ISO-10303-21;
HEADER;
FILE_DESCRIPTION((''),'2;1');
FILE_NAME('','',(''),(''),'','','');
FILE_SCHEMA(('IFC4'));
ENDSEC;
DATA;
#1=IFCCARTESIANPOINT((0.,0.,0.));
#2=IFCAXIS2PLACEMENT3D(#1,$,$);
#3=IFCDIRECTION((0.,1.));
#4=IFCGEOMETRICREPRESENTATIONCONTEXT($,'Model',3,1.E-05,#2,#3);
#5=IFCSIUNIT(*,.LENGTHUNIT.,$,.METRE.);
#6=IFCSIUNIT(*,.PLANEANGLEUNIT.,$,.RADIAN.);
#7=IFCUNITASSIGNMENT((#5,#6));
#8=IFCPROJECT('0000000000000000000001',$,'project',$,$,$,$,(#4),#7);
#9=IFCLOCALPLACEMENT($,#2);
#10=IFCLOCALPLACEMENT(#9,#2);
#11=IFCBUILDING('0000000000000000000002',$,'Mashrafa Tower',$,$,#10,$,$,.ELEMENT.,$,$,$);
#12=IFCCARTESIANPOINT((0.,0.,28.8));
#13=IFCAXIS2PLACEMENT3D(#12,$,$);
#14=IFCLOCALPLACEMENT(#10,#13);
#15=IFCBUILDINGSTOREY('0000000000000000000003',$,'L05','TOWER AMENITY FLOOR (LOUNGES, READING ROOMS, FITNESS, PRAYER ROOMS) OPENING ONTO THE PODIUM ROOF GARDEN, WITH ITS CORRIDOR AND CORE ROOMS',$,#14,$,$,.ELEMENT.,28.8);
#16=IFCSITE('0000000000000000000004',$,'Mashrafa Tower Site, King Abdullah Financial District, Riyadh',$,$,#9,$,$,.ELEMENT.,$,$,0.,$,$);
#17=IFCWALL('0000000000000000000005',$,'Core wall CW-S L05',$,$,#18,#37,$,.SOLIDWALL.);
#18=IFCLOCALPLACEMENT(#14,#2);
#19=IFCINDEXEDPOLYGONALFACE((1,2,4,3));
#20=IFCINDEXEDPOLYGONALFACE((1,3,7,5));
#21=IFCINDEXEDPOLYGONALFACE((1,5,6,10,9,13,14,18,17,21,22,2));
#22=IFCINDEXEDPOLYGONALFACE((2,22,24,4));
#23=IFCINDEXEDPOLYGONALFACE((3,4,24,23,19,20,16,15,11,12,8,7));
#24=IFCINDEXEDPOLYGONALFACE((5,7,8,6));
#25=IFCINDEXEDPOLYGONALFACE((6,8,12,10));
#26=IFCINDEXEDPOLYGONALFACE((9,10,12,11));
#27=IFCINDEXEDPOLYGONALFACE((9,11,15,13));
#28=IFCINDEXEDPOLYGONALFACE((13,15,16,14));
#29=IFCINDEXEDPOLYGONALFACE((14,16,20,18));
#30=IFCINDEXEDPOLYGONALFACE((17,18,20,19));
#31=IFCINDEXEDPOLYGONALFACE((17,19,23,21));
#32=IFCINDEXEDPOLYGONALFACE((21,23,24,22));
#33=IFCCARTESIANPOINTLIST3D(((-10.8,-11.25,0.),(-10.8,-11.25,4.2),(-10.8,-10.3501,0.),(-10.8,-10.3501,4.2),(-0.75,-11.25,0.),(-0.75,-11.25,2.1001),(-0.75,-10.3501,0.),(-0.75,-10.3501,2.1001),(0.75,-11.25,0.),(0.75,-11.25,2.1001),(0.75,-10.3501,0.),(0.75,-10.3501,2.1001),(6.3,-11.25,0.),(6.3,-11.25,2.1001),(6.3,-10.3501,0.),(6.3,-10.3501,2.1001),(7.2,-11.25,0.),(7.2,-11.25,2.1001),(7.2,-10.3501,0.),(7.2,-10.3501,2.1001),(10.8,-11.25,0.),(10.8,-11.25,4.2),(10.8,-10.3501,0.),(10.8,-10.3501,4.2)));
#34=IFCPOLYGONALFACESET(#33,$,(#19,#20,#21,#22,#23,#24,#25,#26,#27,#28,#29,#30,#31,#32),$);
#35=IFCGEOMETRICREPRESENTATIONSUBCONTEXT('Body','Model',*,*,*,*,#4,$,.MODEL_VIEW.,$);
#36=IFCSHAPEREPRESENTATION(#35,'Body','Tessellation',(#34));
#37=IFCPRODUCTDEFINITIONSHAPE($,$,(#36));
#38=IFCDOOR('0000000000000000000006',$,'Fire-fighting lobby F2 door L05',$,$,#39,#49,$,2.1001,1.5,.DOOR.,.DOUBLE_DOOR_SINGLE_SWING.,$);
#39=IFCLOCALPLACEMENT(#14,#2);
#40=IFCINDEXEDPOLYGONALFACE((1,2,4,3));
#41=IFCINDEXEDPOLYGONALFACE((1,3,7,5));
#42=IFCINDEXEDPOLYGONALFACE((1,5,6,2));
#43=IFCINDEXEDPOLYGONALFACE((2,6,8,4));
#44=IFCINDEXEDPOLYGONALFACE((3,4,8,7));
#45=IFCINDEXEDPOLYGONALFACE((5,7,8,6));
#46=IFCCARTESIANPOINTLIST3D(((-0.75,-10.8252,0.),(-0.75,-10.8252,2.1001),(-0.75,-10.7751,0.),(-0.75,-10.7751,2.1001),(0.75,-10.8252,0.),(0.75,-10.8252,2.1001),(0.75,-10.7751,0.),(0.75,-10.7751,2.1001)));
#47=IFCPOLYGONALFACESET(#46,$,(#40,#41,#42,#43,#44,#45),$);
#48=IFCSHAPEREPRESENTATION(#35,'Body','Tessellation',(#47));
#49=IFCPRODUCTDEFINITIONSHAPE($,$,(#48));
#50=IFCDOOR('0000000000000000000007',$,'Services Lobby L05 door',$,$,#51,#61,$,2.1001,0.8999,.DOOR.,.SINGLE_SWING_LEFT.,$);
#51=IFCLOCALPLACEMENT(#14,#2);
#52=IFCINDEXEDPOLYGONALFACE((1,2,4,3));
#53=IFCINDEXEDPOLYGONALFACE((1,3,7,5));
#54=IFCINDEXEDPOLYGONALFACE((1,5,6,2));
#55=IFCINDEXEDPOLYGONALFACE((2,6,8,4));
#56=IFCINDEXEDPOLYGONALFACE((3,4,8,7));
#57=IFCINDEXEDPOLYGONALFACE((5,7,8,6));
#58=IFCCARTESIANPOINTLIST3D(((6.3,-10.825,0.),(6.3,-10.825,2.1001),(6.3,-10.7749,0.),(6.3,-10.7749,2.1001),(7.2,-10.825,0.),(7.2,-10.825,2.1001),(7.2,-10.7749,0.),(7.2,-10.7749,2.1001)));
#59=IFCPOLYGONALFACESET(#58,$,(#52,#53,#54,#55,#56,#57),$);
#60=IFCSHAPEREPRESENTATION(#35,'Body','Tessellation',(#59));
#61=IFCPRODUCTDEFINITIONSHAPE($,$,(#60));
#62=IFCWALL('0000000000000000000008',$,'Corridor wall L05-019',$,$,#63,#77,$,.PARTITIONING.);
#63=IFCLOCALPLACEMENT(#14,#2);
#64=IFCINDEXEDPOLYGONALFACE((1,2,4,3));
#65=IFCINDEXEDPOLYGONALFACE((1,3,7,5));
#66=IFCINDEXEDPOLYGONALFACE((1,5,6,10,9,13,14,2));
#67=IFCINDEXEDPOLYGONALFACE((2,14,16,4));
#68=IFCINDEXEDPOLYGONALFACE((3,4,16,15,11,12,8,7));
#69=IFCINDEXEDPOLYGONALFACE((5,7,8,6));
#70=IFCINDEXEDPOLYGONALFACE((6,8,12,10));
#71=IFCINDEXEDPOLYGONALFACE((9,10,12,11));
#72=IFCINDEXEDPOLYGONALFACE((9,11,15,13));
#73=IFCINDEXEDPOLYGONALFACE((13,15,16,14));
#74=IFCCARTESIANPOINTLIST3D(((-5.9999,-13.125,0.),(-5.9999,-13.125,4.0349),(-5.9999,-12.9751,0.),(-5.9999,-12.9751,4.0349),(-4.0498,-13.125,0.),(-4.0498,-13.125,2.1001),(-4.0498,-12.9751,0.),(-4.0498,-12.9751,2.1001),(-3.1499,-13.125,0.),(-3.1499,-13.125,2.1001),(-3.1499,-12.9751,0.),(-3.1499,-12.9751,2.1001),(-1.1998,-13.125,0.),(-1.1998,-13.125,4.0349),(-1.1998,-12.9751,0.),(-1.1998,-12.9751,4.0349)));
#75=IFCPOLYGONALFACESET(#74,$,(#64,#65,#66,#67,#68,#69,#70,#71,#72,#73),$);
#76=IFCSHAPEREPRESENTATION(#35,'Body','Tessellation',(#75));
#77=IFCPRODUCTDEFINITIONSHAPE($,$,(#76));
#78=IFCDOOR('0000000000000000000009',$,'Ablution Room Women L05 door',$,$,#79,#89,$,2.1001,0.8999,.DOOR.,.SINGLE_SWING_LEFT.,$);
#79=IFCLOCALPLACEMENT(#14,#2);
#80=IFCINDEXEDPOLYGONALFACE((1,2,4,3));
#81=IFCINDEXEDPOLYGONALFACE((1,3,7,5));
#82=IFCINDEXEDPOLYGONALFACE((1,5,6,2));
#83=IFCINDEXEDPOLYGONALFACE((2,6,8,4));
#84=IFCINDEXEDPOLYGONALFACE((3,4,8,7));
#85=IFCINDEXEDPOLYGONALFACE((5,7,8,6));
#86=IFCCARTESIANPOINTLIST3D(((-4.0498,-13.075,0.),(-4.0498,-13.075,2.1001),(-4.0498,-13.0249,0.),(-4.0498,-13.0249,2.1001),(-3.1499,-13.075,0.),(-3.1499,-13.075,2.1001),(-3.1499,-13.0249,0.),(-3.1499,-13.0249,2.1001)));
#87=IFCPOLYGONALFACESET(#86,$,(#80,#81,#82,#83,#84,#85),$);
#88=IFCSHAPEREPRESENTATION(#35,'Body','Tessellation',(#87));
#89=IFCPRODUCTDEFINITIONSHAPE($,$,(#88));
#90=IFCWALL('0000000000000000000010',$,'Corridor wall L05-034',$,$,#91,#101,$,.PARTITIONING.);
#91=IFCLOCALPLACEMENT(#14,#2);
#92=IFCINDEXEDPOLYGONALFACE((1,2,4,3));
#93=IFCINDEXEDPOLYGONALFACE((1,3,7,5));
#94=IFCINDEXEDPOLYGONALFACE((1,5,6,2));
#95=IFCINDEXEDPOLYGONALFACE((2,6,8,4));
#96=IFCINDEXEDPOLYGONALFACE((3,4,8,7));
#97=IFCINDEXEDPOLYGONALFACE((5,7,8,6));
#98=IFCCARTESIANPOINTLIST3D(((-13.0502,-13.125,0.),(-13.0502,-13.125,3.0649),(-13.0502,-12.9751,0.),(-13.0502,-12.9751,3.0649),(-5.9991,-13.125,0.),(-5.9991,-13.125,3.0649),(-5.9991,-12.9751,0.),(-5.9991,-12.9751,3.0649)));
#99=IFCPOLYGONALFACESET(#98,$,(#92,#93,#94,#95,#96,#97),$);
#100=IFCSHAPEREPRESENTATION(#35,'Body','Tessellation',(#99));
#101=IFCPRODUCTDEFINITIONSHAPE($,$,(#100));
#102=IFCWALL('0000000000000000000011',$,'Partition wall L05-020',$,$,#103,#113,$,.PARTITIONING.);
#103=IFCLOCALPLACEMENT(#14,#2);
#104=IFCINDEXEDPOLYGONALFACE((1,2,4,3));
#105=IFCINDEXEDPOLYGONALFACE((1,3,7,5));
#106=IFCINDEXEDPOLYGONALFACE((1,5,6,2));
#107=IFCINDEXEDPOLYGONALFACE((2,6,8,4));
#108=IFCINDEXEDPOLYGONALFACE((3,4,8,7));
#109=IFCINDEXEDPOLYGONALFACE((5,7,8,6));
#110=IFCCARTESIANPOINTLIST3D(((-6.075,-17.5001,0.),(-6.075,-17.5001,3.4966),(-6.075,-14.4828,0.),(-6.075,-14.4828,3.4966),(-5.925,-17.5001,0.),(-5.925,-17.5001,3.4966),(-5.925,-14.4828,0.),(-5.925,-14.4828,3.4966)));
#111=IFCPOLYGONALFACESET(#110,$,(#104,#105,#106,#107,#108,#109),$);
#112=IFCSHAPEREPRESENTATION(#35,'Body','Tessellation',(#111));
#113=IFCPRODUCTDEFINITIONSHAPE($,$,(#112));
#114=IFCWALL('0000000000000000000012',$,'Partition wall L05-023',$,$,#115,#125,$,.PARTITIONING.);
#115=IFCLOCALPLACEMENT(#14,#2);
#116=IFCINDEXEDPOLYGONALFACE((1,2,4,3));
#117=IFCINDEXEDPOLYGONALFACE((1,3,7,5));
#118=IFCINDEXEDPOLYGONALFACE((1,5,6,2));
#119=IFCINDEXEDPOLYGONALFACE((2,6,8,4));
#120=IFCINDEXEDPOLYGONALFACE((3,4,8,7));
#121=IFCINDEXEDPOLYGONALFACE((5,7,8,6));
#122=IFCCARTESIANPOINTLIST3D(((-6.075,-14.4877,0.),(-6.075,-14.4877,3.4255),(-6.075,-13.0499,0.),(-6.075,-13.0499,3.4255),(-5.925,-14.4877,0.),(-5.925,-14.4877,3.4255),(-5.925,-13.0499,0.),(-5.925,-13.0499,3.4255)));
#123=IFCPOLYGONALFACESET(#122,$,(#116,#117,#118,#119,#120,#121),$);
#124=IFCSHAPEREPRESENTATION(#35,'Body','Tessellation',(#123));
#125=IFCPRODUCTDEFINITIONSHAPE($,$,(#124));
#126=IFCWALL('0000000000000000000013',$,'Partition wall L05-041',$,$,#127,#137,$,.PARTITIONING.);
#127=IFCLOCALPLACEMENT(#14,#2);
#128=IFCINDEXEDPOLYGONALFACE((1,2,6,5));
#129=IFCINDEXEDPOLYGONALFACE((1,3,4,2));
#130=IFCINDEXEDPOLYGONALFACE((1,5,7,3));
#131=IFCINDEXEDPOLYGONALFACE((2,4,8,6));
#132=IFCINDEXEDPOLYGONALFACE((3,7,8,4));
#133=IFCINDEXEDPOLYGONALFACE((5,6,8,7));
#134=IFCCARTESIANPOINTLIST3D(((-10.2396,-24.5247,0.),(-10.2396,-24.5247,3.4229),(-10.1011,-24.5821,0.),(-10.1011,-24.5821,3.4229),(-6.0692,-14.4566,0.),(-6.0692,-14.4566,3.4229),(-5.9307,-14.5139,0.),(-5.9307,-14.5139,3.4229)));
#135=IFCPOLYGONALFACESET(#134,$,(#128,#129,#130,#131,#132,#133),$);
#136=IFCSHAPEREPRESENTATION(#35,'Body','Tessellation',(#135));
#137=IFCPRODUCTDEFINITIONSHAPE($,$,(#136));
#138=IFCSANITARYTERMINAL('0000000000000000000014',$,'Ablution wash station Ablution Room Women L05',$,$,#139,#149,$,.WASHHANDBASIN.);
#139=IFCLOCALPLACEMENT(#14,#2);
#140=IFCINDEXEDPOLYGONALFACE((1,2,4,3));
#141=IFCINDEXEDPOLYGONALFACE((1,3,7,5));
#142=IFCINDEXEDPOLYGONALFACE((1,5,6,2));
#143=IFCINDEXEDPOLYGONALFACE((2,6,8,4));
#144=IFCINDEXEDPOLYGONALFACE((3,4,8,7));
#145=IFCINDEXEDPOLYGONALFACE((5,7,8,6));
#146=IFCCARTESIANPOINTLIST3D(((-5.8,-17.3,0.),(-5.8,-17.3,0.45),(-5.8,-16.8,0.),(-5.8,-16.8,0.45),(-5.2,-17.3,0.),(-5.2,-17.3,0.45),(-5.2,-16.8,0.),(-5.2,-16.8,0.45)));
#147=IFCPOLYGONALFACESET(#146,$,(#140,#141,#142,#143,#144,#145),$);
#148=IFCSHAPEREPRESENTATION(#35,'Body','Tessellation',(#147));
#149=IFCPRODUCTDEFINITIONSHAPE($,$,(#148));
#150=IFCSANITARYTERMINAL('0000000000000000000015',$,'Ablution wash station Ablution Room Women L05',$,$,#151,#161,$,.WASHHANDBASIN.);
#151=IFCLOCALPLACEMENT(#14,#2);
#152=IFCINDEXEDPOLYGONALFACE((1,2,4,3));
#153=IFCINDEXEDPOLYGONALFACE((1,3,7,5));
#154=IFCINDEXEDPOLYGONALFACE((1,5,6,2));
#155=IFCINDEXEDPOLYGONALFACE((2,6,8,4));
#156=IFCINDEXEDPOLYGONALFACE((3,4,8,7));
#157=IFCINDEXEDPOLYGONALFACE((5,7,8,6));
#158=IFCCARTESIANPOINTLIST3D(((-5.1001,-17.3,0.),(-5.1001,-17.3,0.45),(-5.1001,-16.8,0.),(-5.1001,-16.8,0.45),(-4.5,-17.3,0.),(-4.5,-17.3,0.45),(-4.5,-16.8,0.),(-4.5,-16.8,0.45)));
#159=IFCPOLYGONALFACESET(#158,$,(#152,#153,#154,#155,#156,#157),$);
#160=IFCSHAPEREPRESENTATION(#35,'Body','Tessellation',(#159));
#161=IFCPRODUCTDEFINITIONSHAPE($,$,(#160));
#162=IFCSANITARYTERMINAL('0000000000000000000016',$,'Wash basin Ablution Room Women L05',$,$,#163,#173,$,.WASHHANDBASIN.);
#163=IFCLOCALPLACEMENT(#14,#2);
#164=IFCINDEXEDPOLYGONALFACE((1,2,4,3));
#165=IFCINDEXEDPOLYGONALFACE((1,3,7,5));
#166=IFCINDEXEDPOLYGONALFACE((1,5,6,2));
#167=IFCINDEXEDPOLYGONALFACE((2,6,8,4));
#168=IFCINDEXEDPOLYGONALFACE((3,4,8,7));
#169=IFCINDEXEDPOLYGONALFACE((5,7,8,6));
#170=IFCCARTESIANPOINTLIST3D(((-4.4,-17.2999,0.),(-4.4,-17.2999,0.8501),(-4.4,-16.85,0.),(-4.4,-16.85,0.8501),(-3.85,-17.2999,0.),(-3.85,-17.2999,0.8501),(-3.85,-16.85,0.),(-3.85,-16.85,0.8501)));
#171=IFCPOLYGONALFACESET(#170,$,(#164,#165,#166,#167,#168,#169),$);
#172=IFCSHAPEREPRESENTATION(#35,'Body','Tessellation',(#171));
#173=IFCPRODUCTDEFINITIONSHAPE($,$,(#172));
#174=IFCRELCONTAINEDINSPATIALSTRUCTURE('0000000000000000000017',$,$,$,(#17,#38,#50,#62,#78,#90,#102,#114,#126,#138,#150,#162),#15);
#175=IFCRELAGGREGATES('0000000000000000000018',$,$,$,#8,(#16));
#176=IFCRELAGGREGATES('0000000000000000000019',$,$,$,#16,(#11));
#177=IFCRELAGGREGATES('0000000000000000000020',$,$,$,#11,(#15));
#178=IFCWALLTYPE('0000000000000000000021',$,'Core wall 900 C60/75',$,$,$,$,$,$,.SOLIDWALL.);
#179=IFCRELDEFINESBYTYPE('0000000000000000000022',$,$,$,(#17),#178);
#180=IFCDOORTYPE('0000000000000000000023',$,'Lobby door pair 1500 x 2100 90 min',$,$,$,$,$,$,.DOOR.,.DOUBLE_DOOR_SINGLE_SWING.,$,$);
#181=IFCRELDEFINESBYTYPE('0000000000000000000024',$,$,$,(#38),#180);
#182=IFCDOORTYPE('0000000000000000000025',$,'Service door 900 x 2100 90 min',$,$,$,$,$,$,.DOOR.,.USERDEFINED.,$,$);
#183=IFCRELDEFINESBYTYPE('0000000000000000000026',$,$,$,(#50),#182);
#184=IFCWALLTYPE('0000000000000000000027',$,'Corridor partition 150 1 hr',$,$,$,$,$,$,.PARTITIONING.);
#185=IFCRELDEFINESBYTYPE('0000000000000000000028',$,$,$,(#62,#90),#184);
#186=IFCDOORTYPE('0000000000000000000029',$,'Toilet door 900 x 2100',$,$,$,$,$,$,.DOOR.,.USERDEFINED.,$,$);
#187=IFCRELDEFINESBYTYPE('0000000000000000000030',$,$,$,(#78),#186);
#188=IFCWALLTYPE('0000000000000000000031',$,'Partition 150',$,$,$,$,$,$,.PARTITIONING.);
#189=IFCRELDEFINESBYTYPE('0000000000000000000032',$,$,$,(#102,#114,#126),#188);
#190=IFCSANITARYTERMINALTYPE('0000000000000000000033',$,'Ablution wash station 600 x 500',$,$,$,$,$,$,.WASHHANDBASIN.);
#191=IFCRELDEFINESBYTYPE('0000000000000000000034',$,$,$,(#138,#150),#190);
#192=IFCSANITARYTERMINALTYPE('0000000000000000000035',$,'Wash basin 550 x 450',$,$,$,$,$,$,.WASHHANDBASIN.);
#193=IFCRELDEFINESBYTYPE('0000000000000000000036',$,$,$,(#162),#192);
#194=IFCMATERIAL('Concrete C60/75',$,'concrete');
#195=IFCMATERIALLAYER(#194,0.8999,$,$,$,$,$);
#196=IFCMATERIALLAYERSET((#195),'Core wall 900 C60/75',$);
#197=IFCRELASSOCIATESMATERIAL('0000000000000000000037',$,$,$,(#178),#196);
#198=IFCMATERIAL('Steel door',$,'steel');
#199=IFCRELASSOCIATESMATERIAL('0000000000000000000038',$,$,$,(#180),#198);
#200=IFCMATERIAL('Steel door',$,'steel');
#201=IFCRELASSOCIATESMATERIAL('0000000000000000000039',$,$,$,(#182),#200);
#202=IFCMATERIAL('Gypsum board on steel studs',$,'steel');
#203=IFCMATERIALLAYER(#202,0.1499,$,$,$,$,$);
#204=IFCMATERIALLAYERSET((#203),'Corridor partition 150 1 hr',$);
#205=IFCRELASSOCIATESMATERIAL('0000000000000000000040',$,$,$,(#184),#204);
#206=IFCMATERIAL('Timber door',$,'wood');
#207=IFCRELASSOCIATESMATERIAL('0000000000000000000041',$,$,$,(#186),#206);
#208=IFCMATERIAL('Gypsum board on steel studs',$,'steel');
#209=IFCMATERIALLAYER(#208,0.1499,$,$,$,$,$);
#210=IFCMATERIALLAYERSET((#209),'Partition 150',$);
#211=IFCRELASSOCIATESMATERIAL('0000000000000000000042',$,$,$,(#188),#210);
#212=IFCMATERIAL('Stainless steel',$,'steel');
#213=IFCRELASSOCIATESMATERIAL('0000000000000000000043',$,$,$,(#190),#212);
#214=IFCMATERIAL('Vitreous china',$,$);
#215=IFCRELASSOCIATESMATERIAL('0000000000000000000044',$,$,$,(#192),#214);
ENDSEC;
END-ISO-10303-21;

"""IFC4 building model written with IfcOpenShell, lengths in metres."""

from ifc_helpers import new_model, si_unit, direction, frame, frame_2d, origin, origin_2d, place, context, subcontext, project, spatial, rectangle, extrude, material, layer, layer_set, type_object, element, fill, save


model = new_model("IFC4")

# Units and contexts
model_context = context("Model", 3, precision=1e-05, world=origin(), true_north=direction((0.0, 1.0)))
body_context = subcontext(model_context, "Body", "Model", "MODEL_VIEW")
ifc_project = project(units=[si_unit("LENGTHUNIT", "METRE"), si_unit("PLANEANGLEUNIT", "RADIAN")], contexts=[model_context])

# Site, building, storey
site_placement = place(None, origin())
site = spatial("IfcSite", under=ifc_project, at=site_placement, Name="Mashrafa Tower Site, King Abdullah Financial District, Riyadh", CompositionType="ELEMENT", RefElevation=0.0)
building_placement = place(site_placement, origin())
building = spatial("IfcBuilding", under=site, at=building_placement, Name="Mashrafa Tower", CompositionType="ELEMENT")
storey_placement = place(building_placement, frame((0.0, 0.0, 28.8)))
storey = spatial("IfcBuildingStorey", under=building, at=storey_placement, Name="L05", Description="TOWER AMENITY FLOOR (LOUNGES, READING ROOMS, FITNESS, PRAYER ROOMS) OPENING ONTO THE PODIUM ROOF GARDEN, WITH ITS CORRIDOR AND CORE ROOMS", CompositionType="ELEMENT", Elevation=28.8)

# Wall, openings, doors
ifc_material_1 = material(Name="Concrete C60/75", Category="concrete")
ifc_layer_1 = layer(ifc_material_1, 0.8999)
ifc_layer_set_1 = layer_set([ifc_layer_1], Name="Core wall 900 C60/75")
wall_type_1 = type_object("IfcWallType", Name="Core wall 900 C60/75", PredefinedType="SOLIDWALL", material=ifc_layer_set_1)
wall_1_placement = place(storey_placement, frame((-10.8, -10.8, 0.0), z_axis=(0.0, 0.0, 1.0), x_axis=(1.0, 0.0, 0.0)))
wall_1 = element("IfcWall", 1, at=wall_1_placement, inside=storey, type_object=wall_type_1, Name="Core wall CW-S L05", PredefinedType="SOLIDWALL", context=body_context, shape_type="SweptSolid", body=[
    extrude(rectangle(XDim=21.6001, YDim=0.8999, at=frame_2d((10.8, 0.0))), origin(), (0.0, 0.0, 1.0), 4.2),
])
opening_1_placement = place(wall_1_placement, frame((10.05, 0.0, 0.0)))
opening_1 = element("IfcOpeningElement", 2, at=opening_1_placement, cuts=wall_1, PredefinedType="OPENING", context=body_context, shape_type="SweptSolid", body=[
    extrude(rectangle(XDim=1.5, YDim=2.1001, at=frame_2d((0.75, 1.05))), frame((0.0, 0.46, 0.0), z_axis=(0.0, -1.0, 0.0), x_axis=(1.0, 0.0, 0.0)), (0.0, 0.0, 1.0), 0.9199),
])
opening_2_placement = place(wall_1_placement, frame((17.1001, 0.0, 0.0)))
opening_2 = element("IfcOpeningElement", 3, at=opening_2_placement, cuts=wall_1, PredefinedType="OPENING", context=body_context, shape_type="SweptSolid", body=[
    extrude(rectangle(XDim=0.8999, YDim=2.1001, at=frame_2d((0.45, 1.05))), frame((0.0, 0.46, 0.0), z_axis=(0.0, -1.0, 0.0), x_axis=(1.0, 0.0, 0.0)), (0.0, 0.0, 1.0), 0.9199),
])
ifc_material_2 = material(Name="Steel door", Category="steel")
door_type_1 = type_object("IfcDoorType", Name="Lobby door pair 1500 x 2100 90 min", OperationType="DOUBLE_DOOR_SINGLE_SWING", PredefinedType="DOOR", material=ifc_material_2)
door_1_placement = place(opening_1_placement, origin())
door_1 = element("IfcDoor", 4, at=door_1_placement, inside=storey, type_object=door_type_1, Name="Fire-fighting lobby F2 door L05", OperationType="DOUBLE_DOOR_SINGLE_SWING", OverallHeight=2.1001, OverallWidth=1.5, PredefinedType="DOOR", context=body_context, shape_type="SweptSolid", body=[
    extrude(rectangle(XDim=1.5, YDim=2.1001, at=frame_2d((0.75, 1.05))), frame((0.0, 0.0249, 0.0), z_axis=(0.0, -1.0, 0.0), x_axis=(1.0, 0.0, 0.0)), (0.0, 0.0, 1.0), 0.05),
])
fill(opening_1, door_1)
ifc_material_3 = material(Name="Steel door", Category="steel")
door_type_2 = type_object("IfcDoorType", Name="Service door 900 x 2100 90 min", OperationType="USERDEFINED", PredefinedType="DOOR", material=ifc_material_3)
door_2_placement = place(opening_2_placement, frame((0.8999, 0.0, 0.0), z_axis=(0.0, 0.0, 1.0), x_axis=(-1.0, 0.0, 0.0)))
door_2 = element("IfcDoor", 5, at=door_2_placement, inside=storey, type_object=door_type_2, Name="Services Lobby L05 door", OperationType="SINGLE_SWING_LEFT", OverallHeight=2.1001, OverallWidth=0.8999, PredefinedType="DOOR", context=body_context, shape_type="SweptSolid", body=[
    extrude(rectangle(XDim=0.8999, YDim=2.1001, at=frame_2d((0.45, 1.05))), frame((0.0, 0.0249, 0.0), z_axis=(0.0, -1.0, 0.0), x_axis=(1.0, 0.0, 0.0)), (0.0, 0.0, 1.0), 0.05),
])
fill(opening_2, door_2)

# Wall, opening, door
ifc_material_4 = material(Name="Gypsum board on steel studs", Category="steel")
ifc_layer_2 = layer(ifc_material_4, 0.1499)
ifc_layer_set_2 = layer_set([ifc_layer_2], Name="Corridor partition 150 1 hr")
wall_type_2 = type_object("IfcWallType", Name="Corridor partition 150 1 hr", PredefinedType="PARTITIONING", material=ifc_layer_set_2)
wall_2_placement = place(storey_placement, frame((-1.2, -13.05, 0.0), z_axis=(0.0, 0.0, 1.0), x_axis=(-1.0, 0.0, 0.0)))
wall_2 = element("IfcWall", 6, at=wall_2_placement, inside=storey, type_object=wall_type_2, Name="Corridor wall L05-019", PredefinedType="PARTITIONING", context=body_context, shape_type="SweptSolid", body=[
    extrude(rectangle(XDim=4.8, YDim=0.1499, at=frame_2d((2.3999, 0.0))), origin(), (0.0, 0.0, 1.0), 4.0349),
])
opening_3_placement = place(wall_2_placement, frame((1.95, 0.0, 0.0)))
opening_3 = element("IfcOpeningElement", 7, at=opening_3_placement, cuts=wall_2, PredefinedType="OPENING", context=body_context, shape_type="SweptSolid", body=[
    extrude(rectangle(XDim=0.8999, YDim=2.1001, at=frame_2d((0.45, 1.05))), frame((0.0, 0.085, 0.0), z_axis=(0.0, -1.0, 0.0), x_axis=(1.0, 0.0, 0.0)), (0.0, 0.0, 1.0), 0.1699),
])
ifc_material_5 = material(Name="Timber door", Category="wood")
door_type_3 = type_object("IfcDoorType", Name="Toilet door 900 x 2100", OperationType="USERDEFINED", PredefinedType="DOOR", material=ifc_material_5)
door_3_placement = place(opening_3_placement, origin())
door_3 = element("IfcDoor", 8, at=door_3_placement, inside=storey, type_object=door_type_3, Name="Ablution Room Women L05 door", OperationType="SINGLE_SWING_LEFT", OverallHeight=2.1001, OverallWidth=0.8999, PredefinedType="DOOR", context=body_context, shape_type="SweptSolid", body=[
    extrude(rectangle(XDim=0.8999, YDim=2.1001, at=frame_2d((0.45, 1.05))), frame((0.0, 0.0249, 0.0), z_axis=(0.0, -1.0, 0.0), x_axis=(1.0, 0.0, 0.0)), (0.0, 0.0, 1.0), 0.05),
])
fill(opening_3, door_3)

# Walls
wall_3_placement = place(storey_placement, frame((-13.05, -13.05, 0.0), z_axis=(0.0, 0.0, 1.0), x_axis=(1.0, 0.0, 0.0)))
element("IfcWall", 9, at=wall_3_placement, inside=storey, type_object=wall_type_2, Name="Corridor wall L05-034", PredefinedType="PARTITIONING", context=body_context, shape_type="SweptSolid", body=[
    extrude(rectangle(XDim=7.051, YDim=0.1499, at=frame_2d((3.5254, 0.0))), origin(), (0.0, 0.0, 1.0), 3.0649),
])
ifc_material_6 = material(Name="Gypsum board on steel studs", Category="steel")
ifc_layer_3 = layer(ifc_material_6, 0.1499)
ifc_layer_set_3 = layer_set([ifc_layer_3], Name="Partition 150")
wall_type_3 = type_object("IfcWallType", Name="Partition 150", PredefinedType="PARTITIONING", material=ifc_layer_set_3)
wall_4_placement = place(storey_placement, frame((-6.0, -14.4827, 0.0), z_axis=(0.0, 0.0, 1.0), x_axis=(0.0, -1.0, 0.0)))
element("IfcWall", 10, at=wall_4_placement, inside=storey, type_object=wall_type_3, Name="Partition wall L05-020", PredefinedType="PARTITIONING", context=body_context, shape_type="SweptSolid", body=[
    extrude(rectangle(XDim=3.0173, YDim=0.1499, at=frame_2d((1.5088, 0.0))), origin(), (0.0, 0.0, 1.0), 3.4966),
])
wall_5_placement = place(storey_placement, frame((-6.0, -13.05, 0.0), z_axis=(0.0, 0.0, 1.0), x_axis=(0.0, -1.0, 0.0)))
element("IfcWall", 11, at=wall_5_placement, inside=storey, type_object=wall_type_3, Name="Partition wall L05-023", PredefinedType="PARTITIONING", context=body_context, shape_type="SweptSolid", body=[
    extrude(rectangle(XDim=1.4377, YDim=0.1499, at=frame_2d((0.7188, 0.0))), origin(), (0.0, 0.0, 1.0), 3.4255),
])
wall_6_placement = place(storey_placement, frame((-6.0, -14.4854, 0.0), z_axis=(0.0, 0.0, 1.0), x_axis=(-0.382688, -0.923878, 0.0)))
element("IfcWall", 12, at=wall_6_placement, inside=storey, type_object=wall_type_3, Name="Partition wall L05-041", PredefinedType="PARTITIONING", context=body_context, shape_type="SweptSolid", body=[
    extrude(rectangle(XDim=10.8977, YDim=0.1499, at=frame_2d((5.4487, 0.0))), origin(), (0.0, 0.0, 1.0), 3.4229),
])

# Sanitary terminals
ifc_material_7 = material(Name="Stainless steel", Category="steel")
sanitary_terminal_type_1 = type_object("IfcSanitaryTerminalType", Name="Ablution wash station 600 x 500", PredefinedType="WASHHANDBASIN", material=ifc_material_7)
for number, where, z_axis, x_axis, name in (
    (13, (-5.5, -17.05, 0.0), (0.0, 0.0, 1.0), (1.0, 0.0, 0.0), "Ablution wash station Ablution Room Women L05"),
    (14, (-4.8, -17.05, 0.0), (0.0, 0.0, 1.0), (1.0, 0.0, 0.0), "Ablution wash station Ablution Room Women L05"),
):
    element("IfcSanitaryTerminal", number, at=place(storey_placement, frame(where, z_axis=z_axis, x_axis=x_axis)), inside=storey, type_object=sanitary_terminal_type_1, Name=name, PredefinedType="WASHHANDBASIN", context=body_context, shape_type="SweptSolid", body=[
        extrude(rectangle(XDim=0.6001, YDim=0.5, at=origin_2d()), origin(), (0.0, 0.0, 1.0), 0.45),
    ])
ifc_material_8 = material(Name="Vitreous china")
sanitary_terminal_type_2 = type_object("IfcSanitaryTerminalType", Name="Wash basin 550 x 450", PredefinedType="WASHHANDBASIN", material=ifc_material_8)
sanitary_terminal_placement = place(storey_placement, frame((-4.125, -17.075, 0.0), z_axis=(0.0, 0.0, 1.0), x_axis=(1.0, 0.0, 0.0)))
element("IfcSanitaryTerminal", 15, at=sanitary_terminal_placement, inside=storey, type_object=sanitary_terminal_type_2, Name="Wash basin Ablution Room Women L05", PredefinedType="WASHHANDBASIN", context=body_context, shape_type="SweptSolid", body=[
    extrude(rectangle(XDim=0.55, YDim=0.45, at=origin_2d()), origin(), (0.0, 0.0, 1.0), 0.8501),
])

save(model, "model.ifc")
